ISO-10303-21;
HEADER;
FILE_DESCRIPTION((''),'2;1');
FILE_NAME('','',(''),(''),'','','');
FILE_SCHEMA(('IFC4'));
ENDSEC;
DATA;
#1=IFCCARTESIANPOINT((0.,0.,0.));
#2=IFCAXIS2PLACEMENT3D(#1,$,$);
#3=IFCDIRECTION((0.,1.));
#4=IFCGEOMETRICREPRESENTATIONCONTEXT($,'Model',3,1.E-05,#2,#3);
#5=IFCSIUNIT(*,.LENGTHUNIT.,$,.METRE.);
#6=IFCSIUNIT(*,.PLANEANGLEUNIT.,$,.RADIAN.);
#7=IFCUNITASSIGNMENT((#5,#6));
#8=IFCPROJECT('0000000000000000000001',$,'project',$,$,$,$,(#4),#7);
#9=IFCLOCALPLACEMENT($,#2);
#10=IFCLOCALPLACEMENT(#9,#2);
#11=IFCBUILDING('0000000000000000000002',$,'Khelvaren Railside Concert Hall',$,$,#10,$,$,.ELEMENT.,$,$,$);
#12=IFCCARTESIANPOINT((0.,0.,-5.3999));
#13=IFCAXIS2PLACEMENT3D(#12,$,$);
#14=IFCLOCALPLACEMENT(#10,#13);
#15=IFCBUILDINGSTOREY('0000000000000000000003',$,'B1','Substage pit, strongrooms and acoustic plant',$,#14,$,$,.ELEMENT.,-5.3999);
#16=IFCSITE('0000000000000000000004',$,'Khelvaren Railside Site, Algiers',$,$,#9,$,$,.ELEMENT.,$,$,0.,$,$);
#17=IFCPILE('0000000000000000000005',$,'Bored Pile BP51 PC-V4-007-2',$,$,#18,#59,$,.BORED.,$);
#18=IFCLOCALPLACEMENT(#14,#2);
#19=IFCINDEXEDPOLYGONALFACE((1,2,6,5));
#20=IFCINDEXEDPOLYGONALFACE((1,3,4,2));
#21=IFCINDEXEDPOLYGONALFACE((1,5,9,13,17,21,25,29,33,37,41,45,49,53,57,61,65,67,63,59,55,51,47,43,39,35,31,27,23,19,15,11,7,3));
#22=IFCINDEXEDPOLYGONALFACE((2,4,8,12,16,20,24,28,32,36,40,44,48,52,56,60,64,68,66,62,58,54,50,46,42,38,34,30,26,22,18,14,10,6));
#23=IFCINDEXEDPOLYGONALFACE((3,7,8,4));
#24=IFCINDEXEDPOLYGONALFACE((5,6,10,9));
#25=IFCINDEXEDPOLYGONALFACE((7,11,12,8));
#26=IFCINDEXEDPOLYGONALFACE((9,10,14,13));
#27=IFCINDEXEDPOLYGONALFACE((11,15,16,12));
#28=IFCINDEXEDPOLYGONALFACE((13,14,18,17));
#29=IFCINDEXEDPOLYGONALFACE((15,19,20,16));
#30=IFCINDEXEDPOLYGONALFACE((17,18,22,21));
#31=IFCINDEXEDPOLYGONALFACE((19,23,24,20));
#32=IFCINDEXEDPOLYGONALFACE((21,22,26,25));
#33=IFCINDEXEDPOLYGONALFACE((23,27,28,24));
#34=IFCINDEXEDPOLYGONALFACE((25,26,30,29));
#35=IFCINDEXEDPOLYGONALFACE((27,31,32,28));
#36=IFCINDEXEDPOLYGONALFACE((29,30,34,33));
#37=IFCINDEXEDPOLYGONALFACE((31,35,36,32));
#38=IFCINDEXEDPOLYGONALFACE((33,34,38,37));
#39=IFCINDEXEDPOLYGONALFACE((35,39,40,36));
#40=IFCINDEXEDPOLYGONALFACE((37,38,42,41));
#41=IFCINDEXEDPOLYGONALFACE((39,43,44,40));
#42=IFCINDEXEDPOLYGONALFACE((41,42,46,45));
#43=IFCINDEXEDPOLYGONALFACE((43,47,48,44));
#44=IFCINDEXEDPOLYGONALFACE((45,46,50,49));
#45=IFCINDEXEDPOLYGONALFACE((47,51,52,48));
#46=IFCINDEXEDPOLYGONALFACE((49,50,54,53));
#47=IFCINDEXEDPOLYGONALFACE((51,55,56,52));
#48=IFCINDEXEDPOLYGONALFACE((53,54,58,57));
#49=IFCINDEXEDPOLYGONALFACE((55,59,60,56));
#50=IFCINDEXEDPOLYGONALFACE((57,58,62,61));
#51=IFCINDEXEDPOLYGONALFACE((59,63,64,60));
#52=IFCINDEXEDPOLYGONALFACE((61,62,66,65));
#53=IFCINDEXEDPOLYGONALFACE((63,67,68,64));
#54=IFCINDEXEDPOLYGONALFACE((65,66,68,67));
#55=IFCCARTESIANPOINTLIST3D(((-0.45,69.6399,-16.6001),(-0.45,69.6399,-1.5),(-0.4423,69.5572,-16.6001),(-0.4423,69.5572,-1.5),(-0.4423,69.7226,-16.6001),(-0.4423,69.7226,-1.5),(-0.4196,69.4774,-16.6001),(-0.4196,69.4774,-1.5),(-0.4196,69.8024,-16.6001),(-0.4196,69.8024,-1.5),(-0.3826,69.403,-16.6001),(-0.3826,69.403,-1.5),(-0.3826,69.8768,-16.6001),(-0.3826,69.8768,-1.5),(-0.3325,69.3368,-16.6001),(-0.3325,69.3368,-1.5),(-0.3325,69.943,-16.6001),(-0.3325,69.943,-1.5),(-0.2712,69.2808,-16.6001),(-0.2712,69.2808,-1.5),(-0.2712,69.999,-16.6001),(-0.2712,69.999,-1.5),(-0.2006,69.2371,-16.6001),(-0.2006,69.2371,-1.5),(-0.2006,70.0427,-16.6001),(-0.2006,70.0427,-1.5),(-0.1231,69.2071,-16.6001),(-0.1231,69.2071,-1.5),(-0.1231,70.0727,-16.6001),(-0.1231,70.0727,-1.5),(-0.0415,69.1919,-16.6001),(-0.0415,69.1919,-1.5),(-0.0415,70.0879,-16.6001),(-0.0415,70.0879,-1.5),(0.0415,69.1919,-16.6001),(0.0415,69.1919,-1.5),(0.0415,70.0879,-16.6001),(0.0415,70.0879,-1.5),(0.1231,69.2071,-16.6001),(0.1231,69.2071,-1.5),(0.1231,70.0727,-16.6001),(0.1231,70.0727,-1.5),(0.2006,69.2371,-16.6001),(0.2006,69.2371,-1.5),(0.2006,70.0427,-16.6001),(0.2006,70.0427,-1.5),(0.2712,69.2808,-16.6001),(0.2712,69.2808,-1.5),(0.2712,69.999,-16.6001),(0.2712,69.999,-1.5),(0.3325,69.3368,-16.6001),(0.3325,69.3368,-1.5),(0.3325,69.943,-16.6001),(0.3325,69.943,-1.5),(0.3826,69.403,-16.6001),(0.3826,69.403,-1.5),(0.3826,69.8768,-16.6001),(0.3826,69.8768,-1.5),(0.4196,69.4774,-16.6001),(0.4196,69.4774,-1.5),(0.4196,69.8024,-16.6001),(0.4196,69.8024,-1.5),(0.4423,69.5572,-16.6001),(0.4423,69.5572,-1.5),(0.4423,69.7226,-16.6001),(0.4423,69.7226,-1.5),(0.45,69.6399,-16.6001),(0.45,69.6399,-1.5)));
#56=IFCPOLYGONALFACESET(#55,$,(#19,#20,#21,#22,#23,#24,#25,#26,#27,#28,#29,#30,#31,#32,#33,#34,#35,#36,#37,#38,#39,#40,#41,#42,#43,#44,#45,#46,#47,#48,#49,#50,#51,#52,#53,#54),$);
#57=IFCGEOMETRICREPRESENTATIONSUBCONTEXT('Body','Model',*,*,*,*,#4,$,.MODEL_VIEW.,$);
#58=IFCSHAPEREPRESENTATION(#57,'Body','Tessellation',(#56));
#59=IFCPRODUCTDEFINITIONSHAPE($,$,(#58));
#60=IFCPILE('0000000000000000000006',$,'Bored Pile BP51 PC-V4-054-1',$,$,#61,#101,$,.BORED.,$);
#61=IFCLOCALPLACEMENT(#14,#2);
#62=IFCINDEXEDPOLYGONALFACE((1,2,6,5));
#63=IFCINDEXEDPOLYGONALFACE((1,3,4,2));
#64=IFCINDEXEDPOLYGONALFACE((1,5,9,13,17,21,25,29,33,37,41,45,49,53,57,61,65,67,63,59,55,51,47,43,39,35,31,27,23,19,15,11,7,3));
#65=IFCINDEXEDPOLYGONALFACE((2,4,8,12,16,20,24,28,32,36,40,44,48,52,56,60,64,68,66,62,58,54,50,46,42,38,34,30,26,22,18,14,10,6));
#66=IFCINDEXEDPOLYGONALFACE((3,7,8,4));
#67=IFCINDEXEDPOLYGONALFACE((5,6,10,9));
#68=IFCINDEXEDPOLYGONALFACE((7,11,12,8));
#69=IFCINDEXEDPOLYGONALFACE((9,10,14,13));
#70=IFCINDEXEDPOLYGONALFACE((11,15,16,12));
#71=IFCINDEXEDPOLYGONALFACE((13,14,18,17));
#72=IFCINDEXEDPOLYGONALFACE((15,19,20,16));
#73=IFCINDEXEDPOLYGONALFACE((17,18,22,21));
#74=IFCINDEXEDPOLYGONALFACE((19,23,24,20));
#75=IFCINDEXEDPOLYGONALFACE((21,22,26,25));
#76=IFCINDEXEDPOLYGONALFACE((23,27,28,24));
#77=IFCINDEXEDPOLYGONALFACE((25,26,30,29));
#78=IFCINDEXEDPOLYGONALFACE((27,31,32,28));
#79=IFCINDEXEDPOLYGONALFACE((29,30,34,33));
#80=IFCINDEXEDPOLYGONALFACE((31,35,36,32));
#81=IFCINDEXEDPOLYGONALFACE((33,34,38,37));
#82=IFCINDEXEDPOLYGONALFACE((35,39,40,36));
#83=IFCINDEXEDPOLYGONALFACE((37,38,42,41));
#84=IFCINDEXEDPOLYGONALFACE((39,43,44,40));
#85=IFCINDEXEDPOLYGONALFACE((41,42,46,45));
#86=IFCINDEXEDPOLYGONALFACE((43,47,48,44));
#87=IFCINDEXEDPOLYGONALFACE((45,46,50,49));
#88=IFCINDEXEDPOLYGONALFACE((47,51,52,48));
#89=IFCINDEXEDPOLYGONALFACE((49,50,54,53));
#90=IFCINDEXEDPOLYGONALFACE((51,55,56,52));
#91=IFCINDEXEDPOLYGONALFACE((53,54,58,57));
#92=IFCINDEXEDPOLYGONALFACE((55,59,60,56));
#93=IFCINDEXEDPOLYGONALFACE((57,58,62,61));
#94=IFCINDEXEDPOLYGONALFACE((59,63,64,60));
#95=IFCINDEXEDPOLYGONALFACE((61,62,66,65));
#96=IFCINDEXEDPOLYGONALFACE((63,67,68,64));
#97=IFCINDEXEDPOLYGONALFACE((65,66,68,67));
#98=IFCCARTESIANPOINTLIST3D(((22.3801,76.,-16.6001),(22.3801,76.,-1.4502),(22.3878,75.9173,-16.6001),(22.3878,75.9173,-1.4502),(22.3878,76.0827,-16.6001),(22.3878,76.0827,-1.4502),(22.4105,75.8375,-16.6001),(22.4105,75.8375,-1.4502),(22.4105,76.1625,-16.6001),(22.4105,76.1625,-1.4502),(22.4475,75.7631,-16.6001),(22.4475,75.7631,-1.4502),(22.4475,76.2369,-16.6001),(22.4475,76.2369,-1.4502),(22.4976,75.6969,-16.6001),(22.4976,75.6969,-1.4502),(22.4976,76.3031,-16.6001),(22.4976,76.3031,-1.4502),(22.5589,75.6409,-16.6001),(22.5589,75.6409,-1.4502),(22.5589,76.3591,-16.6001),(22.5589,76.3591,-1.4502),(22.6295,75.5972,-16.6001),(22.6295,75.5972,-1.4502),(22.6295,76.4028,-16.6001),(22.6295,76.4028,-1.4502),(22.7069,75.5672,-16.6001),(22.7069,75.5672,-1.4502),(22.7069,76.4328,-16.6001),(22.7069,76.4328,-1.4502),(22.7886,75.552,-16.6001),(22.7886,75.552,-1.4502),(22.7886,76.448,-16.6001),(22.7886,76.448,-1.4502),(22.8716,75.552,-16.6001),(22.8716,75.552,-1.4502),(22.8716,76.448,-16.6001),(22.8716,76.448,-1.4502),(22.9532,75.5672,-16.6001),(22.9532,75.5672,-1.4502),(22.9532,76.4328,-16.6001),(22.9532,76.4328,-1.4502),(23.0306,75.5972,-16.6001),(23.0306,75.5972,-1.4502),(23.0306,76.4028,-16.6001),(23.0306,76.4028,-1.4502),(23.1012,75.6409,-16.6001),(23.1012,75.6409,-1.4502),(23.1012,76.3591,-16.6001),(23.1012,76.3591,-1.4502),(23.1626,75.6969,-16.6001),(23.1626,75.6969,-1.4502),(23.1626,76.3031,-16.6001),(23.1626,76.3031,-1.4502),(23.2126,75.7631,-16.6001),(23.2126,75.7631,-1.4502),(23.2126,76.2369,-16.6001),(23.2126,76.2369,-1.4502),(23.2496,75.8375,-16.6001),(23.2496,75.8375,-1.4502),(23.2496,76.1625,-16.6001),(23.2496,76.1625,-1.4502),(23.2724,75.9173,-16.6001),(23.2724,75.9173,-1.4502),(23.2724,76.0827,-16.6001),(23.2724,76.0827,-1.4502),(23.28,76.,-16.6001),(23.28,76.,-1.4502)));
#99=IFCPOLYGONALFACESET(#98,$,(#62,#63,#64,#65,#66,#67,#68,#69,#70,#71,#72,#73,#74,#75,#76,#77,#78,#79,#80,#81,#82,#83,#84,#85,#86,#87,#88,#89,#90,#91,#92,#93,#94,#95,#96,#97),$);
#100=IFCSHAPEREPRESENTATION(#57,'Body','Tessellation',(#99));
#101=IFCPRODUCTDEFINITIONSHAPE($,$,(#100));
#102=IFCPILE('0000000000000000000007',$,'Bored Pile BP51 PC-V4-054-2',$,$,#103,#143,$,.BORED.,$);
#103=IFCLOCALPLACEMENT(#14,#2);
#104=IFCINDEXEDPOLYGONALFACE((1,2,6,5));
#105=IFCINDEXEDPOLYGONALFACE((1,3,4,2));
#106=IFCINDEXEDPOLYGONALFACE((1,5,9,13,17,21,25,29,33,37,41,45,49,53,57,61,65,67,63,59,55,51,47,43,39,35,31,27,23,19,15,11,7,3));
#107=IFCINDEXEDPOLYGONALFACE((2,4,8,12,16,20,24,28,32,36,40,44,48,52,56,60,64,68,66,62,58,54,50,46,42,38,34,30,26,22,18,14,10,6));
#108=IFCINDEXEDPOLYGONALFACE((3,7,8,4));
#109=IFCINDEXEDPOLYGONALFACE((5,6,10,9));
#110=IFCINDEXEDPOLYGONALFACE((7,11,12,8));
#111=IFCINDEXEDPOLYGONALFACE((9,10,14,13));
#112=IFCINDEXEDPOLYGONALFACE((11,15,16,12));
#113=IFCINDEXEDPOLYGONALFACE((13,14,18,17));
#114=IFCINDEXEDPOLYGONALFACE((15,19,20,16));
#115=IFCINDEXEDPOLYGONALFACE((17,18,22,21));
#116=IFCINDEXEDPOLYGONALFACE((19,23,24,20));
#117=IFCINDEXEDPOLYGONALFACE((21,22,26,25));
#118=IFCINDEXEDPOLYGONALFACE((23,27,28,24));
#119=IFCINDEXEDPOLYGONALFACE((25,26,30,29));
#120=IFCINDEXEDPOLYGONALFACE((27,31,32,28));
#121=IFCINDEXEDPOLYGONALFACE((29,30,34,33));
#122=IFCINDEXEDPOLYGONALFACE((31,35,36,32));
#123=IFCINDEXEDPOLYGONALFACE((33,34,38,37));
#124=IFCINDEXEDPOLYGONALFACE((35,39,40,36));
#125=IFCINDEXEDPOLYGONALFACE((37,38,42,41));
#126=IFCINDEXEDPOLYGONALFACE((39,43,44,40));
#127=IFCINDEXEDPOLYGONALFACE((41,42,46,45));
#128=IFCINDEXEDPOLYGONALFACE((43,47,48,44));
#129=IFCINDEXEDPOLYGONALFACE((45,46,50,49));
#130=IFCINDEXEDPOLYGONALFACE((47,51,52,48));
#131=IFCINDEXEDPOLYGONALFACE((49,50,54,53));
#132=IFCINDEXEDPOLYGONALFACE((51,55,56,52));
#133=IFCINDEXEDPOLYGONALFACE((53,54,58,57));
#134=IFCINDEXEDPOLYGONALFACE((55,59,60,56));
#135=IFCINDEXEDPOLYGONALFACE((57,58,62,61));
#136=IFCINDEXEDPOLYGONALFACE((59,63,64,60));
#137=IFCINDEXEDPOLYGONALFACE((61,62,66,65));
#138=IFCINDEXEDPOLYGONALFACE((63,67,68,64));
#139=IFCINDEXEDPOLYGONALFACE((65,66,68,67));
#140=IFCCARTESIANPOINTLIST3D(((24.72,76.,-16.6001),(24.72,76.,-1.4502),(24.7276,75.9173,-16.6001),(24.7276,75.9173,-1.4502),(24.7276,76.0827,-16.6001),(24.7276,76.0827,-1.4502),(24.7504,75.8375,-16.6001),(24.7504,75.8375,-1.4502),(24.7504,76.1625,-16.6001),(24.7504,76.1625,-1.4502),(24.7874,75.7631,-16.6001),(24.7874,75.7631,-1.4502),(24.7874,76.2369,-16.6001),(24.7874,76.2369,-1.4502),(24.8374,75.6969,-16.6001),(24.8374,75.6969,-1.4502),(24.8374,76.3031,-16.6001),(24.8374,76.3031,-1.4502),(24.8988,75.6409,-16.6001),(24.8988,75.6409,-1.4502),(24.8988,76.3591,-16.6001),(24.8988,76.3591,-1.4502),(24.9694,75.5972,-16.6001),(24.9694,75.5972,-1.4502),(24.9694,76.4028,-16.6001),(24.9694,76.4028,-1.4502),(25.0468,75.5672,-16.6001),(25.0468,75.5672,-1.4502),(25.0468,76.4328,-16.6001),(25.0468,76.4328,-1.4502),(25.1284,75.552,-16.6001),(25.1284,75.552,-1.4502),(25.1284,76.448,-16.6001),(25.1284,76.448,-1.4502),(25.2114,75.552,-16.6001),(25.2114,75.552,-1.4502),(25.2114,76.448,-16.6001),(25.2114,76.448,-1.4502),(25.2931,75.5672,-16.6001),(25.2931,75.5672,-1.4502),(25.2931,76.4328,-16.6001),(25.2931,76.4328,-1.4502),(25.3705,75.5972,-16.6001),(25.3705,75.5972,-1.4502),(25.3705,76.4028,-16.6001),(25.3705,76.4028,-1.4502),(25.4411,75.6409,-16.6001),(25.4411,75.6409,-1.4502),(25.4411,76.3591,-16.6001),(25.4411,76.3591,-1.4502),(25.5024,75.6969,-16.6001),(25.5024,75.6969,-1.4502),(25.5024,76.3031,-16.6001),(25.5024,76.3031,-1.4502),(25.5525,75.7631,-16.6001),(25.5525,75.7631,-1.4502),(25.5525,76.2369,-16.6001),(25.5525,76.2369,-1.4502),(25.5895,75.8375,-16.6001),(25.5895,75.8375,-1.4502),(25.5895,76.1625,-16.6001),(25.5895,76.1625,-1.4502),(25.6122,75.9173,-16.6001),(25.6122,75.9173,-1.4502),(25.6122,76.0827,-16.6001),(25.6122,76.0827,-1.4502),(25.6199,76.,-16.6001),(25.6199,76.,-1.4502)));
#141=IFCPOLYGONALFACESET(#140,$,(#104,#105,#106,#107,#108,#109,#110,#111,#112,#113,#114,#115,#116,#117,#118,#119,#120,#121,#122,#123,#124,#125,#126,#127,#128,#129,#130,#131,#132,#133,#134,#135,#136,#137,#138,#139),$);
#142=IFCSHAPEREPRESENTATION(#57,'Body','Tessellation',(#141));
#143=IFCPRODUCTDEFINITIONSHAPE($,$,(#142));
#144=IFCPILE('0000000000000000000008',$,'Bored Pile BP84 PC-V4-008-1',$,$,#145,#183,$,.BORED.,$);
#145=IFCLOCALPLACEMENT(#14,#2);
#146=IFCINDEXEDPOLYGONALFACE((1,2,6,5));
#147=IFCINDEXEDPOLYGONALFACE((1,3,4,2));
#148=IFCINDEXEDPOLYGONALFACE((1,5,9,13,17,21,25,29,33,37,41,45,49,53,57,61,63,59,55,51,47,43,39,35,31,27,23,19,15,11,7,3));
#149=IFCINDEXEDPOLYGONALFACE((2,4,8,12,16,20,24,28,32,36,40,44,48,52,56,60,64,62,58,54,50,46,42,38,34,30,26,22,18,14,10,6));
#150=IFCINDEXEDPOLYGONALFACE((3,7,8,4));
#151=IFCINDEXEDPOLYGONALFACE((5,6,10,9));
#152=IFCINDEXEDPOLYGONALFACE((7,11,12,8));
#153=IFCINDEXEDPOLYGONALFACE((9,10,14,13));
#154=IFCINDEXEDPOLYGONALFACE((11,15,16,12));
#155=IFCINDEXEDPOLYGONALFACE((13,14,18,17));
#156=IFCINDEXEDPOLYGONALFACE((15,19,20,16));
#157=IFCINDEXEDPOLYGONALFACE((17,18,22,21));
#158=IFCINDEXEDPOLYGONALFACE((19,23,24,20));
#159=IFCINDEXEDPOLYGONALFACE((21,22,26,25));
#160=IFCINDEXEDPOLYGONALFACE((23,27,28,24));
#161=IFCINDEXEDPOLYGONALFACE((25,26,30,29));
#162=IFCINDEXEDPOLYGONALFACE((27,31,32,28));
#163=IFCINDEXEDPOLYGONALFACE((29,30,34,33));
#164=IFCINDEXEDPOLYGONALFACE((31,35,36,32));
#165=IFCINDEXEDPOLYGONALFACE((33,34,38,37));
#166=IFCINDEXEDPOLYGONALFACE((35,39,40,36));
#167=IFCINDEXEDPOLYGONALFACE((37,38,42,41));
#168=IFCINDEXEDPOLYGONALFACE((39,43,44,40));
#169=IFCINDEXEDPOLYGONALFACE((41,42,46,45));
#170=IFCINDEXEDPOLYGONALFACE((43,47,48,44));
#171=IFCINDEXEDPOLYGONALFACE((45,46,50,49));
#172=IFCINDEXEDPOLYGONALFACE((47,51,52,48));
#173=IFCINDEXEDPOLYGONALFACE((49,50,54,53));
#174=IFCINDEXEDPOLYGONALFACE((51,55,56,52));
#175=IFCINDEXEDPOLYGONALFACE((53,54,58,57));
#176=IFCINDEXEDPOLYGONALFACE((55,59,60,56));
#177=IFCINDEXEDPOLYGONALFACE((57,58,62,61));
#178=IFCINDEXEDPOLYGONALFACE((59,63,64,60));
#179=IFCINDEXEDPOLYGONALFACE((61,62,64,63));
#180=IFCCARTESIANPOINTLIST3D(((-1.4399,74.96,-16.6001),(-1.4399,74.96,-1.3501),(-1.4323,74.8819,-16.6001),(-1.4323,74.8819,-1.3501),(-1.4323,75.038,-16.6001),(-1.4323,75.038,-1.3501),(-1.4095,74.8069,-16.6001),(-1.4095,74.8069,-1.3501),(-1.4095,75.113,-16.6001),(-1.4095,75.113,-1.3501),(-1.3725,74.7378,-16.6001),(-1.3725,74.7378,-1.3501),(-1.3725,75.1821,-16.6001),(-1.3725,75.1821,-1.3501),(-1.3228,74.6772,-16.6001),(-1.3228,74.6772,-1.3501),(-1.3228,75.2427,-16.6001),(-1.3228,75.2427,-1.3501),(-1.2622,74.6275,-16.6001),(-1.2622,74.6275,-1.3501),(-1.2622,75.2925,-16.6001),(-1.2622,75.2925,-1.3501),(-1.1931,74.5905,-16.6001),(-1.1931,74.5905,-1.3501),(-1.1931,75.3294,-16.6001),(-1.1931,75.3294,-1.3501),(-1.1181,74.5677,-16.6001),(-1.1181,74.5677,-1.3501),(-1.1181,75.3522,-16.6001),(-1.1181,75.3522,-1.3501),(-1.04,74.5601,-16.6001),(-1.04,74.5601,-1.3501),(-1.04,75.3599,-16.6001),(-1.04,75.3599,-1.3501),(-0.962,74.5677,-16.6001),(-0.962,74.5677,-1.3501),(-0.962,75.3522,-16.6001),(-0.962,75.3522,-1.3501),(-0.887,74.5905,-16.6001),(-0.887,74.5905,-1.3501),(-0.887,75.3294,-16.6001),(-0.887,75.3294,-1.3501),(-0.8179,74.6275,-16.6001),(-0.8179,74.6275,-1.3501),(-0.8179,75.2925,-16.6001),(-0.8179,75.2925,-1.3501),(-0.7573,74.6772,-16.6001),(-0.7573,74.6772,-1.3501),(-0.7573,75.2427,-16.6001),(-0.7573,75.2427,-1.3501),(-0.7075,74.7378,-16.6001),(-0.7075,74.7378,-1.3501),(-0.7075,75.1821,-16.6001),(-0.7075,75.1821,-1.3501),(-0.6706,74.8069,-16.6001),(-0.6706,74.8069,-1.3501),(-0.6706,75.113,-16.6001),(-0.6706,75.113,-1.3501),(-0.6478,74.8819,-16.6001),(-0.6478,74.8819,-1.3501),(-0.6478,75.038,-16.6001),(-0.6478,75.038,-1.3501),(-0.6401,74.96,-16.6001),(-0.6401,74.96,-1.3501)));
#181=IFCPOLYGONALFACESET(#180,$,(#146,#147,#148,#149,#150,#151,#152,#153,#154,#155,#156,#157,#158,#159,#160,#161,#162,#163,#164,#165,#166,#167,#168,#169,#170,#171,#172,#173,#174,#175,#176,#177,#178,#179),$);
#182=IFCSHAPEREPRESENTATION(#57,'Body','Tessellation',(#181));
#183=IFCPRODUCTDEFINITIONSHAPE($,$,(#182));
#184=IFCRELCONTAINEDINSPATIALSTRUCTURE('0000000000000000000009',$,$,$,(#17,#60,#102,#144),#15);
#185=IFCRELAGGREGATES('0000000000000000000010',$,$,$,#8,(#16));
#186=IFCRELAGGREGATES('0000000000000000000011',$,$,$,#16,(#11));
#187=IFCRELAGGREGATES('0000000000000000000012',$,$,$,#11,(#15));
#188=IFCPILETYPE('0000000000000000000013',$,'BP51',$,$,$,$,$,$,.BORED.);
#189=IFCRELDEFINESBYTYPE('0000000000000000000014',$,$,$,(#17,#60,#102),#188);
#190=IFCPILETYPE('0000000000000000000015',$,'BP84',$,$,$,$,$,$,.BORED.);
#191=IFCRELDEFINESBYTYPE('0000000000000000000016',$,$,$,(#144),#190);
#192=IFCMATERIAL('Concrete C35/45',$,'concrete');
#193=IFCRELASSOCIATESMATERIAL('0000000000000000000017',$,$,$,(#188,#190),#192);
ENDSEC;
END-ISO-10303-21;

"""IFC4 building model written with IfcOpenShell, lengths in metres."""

from ifc_helpers import new_model, si_unit, direction, frame, origin, origin_2d, place, context, subcontext, project, spatial, circle, extrude, material, material_profile, profile_set, type_object, element, save


model = new_model("IFC4")

# Units and contexts
model_context = context("Model", 3, precision=1e-05, world=origin(), true_north=direction((0.0, 1.0)))
body_context = subcontext(model_context, "Body", "Model", "MODEL_VIEW")
ifc_project = project(units=[si_unit("LENGTHUNIT", "METRE"), si_unit("PLANEANGLEUNIT", "RADIAN")], contexts=[model_context])

# Site, building, storey
site_placement = place(None, origin())
site = spatial("IfcSite", under=ifc_project, at=site_placement, Name="Khelvaren Railside Site, Algiers", CompositionType="ELEMENT", RefElevation=0.0)
building_placement = place(site_placement, origin())
building = spatial("IfcBuilding", under=site, at=building_placement, Name="Khelvaren Railside Concert Hall", CompositionType="ELEMENT")
storey_placement = place(building_placement, frame((0.0, 0.0, -5.3999)))
storey = spatial("IfcBuildingStorey", under=building, at=storey_placement, Name="B1", Description="Substage pit, strongrooms and acoustic plant", CompositionType="ELEMENT", Elevation=-5.3999)

# Piles
ifc_material_1 = material(Name="Concrete C35/45", Category="concrete")
ifc_material_profile_1 = material_profile(ifc_material_1, circle(Radius=0.45, at=origin_2d()), Name="BP D900")
ifc_profile_set_1 = profile_set([ifc_material_profile_1], Name="Concrete C35/45")
pile_type_1 = type_object("IfcPileType", Name="BP51", PredefinedType="BORED", material=ifc_profile_set_1)
pile_placement = place(storey_placement, frame((0.0, 69.6399, -1.5), z_axis=(0.0, 0.0, -1.0), x_axis=(1.0, 0.0, 0.0)))
element("IfcPile", 1, at=pile_placement, inside=storey, type_object=pile_type_1, Name="Bored Pile BP51 PC-V4-007-2", PredefinedType="BORED", context=body_context, shape_type="SweptSolid", body=[
    extrude(circle(Radius=0.45, at=origin_2d()), origin(), (0.0, 0.0, 1.0), 15.1001),
])
for number, where, z_axis, x_axis, name in (
    (2, (22.8301, 76.0, -1.4502), (0.0, 0.0, -1.0), (1.0, 0.0, 0.0), "Bored Pile BP51 PC-V4-054-1"),
    (3, (25.1699, 76.0, -1.4502), (0.0, 0.0, -1.0), (1.0, 0.0, 0.0), "Bored Pile BP51 PC-V4-054-2"),
):
    element("IfcPile", number, at=place(storey_placement, frame(where, z_axis=z_axis, x_axis=x_axis)), inside=storey, type_object=pile_type_1, Name=name, PredefinedType="BORED", context=body_context, shape_type="SweptSolid", body=[
        extrude(circle(Radius=0.45, at=origin_2d()), origin(), (0.0, 0.0, 1.0), 15.1499),
    ])
ifc_material_profile_2 = material_profile(ifc_material_1, circle(Radius=0.3999, at=origin_2d()), Name="BP D800")
ifc_profile_set_2 = profile_set([ifc_material_profile_2], Name="Concrete C35/45")
pile_type_2 = type_object("IfcPileType", Name="BP84", PredefinedType="BORED", material=ifc_profile_set_2)
for number, where, z_axis, x_axis, name in (
    (4, (-1.04, 74.96, -1.3501), (0.0, 0.0, -1.0), (1.0, 0.0, 0.0), "Bored Pile BP84 PC-V4-008-1"),
):
    element("IfcPile", number, at=place(storey_placement, frame(where, z_axis=z_axis, x_axis=x_axis)), inside=storey, type_object=pile_type_2, Name=name, PredefinedType="BORED", context=body_context, shape_type="SweptSolid", body=[
        extrude(circle(Radius=0.3999, at=origin_2d()), origin(), (0.0, 0.0, 1.0), 15.25),
    ])

save(model, "model.ifc")
